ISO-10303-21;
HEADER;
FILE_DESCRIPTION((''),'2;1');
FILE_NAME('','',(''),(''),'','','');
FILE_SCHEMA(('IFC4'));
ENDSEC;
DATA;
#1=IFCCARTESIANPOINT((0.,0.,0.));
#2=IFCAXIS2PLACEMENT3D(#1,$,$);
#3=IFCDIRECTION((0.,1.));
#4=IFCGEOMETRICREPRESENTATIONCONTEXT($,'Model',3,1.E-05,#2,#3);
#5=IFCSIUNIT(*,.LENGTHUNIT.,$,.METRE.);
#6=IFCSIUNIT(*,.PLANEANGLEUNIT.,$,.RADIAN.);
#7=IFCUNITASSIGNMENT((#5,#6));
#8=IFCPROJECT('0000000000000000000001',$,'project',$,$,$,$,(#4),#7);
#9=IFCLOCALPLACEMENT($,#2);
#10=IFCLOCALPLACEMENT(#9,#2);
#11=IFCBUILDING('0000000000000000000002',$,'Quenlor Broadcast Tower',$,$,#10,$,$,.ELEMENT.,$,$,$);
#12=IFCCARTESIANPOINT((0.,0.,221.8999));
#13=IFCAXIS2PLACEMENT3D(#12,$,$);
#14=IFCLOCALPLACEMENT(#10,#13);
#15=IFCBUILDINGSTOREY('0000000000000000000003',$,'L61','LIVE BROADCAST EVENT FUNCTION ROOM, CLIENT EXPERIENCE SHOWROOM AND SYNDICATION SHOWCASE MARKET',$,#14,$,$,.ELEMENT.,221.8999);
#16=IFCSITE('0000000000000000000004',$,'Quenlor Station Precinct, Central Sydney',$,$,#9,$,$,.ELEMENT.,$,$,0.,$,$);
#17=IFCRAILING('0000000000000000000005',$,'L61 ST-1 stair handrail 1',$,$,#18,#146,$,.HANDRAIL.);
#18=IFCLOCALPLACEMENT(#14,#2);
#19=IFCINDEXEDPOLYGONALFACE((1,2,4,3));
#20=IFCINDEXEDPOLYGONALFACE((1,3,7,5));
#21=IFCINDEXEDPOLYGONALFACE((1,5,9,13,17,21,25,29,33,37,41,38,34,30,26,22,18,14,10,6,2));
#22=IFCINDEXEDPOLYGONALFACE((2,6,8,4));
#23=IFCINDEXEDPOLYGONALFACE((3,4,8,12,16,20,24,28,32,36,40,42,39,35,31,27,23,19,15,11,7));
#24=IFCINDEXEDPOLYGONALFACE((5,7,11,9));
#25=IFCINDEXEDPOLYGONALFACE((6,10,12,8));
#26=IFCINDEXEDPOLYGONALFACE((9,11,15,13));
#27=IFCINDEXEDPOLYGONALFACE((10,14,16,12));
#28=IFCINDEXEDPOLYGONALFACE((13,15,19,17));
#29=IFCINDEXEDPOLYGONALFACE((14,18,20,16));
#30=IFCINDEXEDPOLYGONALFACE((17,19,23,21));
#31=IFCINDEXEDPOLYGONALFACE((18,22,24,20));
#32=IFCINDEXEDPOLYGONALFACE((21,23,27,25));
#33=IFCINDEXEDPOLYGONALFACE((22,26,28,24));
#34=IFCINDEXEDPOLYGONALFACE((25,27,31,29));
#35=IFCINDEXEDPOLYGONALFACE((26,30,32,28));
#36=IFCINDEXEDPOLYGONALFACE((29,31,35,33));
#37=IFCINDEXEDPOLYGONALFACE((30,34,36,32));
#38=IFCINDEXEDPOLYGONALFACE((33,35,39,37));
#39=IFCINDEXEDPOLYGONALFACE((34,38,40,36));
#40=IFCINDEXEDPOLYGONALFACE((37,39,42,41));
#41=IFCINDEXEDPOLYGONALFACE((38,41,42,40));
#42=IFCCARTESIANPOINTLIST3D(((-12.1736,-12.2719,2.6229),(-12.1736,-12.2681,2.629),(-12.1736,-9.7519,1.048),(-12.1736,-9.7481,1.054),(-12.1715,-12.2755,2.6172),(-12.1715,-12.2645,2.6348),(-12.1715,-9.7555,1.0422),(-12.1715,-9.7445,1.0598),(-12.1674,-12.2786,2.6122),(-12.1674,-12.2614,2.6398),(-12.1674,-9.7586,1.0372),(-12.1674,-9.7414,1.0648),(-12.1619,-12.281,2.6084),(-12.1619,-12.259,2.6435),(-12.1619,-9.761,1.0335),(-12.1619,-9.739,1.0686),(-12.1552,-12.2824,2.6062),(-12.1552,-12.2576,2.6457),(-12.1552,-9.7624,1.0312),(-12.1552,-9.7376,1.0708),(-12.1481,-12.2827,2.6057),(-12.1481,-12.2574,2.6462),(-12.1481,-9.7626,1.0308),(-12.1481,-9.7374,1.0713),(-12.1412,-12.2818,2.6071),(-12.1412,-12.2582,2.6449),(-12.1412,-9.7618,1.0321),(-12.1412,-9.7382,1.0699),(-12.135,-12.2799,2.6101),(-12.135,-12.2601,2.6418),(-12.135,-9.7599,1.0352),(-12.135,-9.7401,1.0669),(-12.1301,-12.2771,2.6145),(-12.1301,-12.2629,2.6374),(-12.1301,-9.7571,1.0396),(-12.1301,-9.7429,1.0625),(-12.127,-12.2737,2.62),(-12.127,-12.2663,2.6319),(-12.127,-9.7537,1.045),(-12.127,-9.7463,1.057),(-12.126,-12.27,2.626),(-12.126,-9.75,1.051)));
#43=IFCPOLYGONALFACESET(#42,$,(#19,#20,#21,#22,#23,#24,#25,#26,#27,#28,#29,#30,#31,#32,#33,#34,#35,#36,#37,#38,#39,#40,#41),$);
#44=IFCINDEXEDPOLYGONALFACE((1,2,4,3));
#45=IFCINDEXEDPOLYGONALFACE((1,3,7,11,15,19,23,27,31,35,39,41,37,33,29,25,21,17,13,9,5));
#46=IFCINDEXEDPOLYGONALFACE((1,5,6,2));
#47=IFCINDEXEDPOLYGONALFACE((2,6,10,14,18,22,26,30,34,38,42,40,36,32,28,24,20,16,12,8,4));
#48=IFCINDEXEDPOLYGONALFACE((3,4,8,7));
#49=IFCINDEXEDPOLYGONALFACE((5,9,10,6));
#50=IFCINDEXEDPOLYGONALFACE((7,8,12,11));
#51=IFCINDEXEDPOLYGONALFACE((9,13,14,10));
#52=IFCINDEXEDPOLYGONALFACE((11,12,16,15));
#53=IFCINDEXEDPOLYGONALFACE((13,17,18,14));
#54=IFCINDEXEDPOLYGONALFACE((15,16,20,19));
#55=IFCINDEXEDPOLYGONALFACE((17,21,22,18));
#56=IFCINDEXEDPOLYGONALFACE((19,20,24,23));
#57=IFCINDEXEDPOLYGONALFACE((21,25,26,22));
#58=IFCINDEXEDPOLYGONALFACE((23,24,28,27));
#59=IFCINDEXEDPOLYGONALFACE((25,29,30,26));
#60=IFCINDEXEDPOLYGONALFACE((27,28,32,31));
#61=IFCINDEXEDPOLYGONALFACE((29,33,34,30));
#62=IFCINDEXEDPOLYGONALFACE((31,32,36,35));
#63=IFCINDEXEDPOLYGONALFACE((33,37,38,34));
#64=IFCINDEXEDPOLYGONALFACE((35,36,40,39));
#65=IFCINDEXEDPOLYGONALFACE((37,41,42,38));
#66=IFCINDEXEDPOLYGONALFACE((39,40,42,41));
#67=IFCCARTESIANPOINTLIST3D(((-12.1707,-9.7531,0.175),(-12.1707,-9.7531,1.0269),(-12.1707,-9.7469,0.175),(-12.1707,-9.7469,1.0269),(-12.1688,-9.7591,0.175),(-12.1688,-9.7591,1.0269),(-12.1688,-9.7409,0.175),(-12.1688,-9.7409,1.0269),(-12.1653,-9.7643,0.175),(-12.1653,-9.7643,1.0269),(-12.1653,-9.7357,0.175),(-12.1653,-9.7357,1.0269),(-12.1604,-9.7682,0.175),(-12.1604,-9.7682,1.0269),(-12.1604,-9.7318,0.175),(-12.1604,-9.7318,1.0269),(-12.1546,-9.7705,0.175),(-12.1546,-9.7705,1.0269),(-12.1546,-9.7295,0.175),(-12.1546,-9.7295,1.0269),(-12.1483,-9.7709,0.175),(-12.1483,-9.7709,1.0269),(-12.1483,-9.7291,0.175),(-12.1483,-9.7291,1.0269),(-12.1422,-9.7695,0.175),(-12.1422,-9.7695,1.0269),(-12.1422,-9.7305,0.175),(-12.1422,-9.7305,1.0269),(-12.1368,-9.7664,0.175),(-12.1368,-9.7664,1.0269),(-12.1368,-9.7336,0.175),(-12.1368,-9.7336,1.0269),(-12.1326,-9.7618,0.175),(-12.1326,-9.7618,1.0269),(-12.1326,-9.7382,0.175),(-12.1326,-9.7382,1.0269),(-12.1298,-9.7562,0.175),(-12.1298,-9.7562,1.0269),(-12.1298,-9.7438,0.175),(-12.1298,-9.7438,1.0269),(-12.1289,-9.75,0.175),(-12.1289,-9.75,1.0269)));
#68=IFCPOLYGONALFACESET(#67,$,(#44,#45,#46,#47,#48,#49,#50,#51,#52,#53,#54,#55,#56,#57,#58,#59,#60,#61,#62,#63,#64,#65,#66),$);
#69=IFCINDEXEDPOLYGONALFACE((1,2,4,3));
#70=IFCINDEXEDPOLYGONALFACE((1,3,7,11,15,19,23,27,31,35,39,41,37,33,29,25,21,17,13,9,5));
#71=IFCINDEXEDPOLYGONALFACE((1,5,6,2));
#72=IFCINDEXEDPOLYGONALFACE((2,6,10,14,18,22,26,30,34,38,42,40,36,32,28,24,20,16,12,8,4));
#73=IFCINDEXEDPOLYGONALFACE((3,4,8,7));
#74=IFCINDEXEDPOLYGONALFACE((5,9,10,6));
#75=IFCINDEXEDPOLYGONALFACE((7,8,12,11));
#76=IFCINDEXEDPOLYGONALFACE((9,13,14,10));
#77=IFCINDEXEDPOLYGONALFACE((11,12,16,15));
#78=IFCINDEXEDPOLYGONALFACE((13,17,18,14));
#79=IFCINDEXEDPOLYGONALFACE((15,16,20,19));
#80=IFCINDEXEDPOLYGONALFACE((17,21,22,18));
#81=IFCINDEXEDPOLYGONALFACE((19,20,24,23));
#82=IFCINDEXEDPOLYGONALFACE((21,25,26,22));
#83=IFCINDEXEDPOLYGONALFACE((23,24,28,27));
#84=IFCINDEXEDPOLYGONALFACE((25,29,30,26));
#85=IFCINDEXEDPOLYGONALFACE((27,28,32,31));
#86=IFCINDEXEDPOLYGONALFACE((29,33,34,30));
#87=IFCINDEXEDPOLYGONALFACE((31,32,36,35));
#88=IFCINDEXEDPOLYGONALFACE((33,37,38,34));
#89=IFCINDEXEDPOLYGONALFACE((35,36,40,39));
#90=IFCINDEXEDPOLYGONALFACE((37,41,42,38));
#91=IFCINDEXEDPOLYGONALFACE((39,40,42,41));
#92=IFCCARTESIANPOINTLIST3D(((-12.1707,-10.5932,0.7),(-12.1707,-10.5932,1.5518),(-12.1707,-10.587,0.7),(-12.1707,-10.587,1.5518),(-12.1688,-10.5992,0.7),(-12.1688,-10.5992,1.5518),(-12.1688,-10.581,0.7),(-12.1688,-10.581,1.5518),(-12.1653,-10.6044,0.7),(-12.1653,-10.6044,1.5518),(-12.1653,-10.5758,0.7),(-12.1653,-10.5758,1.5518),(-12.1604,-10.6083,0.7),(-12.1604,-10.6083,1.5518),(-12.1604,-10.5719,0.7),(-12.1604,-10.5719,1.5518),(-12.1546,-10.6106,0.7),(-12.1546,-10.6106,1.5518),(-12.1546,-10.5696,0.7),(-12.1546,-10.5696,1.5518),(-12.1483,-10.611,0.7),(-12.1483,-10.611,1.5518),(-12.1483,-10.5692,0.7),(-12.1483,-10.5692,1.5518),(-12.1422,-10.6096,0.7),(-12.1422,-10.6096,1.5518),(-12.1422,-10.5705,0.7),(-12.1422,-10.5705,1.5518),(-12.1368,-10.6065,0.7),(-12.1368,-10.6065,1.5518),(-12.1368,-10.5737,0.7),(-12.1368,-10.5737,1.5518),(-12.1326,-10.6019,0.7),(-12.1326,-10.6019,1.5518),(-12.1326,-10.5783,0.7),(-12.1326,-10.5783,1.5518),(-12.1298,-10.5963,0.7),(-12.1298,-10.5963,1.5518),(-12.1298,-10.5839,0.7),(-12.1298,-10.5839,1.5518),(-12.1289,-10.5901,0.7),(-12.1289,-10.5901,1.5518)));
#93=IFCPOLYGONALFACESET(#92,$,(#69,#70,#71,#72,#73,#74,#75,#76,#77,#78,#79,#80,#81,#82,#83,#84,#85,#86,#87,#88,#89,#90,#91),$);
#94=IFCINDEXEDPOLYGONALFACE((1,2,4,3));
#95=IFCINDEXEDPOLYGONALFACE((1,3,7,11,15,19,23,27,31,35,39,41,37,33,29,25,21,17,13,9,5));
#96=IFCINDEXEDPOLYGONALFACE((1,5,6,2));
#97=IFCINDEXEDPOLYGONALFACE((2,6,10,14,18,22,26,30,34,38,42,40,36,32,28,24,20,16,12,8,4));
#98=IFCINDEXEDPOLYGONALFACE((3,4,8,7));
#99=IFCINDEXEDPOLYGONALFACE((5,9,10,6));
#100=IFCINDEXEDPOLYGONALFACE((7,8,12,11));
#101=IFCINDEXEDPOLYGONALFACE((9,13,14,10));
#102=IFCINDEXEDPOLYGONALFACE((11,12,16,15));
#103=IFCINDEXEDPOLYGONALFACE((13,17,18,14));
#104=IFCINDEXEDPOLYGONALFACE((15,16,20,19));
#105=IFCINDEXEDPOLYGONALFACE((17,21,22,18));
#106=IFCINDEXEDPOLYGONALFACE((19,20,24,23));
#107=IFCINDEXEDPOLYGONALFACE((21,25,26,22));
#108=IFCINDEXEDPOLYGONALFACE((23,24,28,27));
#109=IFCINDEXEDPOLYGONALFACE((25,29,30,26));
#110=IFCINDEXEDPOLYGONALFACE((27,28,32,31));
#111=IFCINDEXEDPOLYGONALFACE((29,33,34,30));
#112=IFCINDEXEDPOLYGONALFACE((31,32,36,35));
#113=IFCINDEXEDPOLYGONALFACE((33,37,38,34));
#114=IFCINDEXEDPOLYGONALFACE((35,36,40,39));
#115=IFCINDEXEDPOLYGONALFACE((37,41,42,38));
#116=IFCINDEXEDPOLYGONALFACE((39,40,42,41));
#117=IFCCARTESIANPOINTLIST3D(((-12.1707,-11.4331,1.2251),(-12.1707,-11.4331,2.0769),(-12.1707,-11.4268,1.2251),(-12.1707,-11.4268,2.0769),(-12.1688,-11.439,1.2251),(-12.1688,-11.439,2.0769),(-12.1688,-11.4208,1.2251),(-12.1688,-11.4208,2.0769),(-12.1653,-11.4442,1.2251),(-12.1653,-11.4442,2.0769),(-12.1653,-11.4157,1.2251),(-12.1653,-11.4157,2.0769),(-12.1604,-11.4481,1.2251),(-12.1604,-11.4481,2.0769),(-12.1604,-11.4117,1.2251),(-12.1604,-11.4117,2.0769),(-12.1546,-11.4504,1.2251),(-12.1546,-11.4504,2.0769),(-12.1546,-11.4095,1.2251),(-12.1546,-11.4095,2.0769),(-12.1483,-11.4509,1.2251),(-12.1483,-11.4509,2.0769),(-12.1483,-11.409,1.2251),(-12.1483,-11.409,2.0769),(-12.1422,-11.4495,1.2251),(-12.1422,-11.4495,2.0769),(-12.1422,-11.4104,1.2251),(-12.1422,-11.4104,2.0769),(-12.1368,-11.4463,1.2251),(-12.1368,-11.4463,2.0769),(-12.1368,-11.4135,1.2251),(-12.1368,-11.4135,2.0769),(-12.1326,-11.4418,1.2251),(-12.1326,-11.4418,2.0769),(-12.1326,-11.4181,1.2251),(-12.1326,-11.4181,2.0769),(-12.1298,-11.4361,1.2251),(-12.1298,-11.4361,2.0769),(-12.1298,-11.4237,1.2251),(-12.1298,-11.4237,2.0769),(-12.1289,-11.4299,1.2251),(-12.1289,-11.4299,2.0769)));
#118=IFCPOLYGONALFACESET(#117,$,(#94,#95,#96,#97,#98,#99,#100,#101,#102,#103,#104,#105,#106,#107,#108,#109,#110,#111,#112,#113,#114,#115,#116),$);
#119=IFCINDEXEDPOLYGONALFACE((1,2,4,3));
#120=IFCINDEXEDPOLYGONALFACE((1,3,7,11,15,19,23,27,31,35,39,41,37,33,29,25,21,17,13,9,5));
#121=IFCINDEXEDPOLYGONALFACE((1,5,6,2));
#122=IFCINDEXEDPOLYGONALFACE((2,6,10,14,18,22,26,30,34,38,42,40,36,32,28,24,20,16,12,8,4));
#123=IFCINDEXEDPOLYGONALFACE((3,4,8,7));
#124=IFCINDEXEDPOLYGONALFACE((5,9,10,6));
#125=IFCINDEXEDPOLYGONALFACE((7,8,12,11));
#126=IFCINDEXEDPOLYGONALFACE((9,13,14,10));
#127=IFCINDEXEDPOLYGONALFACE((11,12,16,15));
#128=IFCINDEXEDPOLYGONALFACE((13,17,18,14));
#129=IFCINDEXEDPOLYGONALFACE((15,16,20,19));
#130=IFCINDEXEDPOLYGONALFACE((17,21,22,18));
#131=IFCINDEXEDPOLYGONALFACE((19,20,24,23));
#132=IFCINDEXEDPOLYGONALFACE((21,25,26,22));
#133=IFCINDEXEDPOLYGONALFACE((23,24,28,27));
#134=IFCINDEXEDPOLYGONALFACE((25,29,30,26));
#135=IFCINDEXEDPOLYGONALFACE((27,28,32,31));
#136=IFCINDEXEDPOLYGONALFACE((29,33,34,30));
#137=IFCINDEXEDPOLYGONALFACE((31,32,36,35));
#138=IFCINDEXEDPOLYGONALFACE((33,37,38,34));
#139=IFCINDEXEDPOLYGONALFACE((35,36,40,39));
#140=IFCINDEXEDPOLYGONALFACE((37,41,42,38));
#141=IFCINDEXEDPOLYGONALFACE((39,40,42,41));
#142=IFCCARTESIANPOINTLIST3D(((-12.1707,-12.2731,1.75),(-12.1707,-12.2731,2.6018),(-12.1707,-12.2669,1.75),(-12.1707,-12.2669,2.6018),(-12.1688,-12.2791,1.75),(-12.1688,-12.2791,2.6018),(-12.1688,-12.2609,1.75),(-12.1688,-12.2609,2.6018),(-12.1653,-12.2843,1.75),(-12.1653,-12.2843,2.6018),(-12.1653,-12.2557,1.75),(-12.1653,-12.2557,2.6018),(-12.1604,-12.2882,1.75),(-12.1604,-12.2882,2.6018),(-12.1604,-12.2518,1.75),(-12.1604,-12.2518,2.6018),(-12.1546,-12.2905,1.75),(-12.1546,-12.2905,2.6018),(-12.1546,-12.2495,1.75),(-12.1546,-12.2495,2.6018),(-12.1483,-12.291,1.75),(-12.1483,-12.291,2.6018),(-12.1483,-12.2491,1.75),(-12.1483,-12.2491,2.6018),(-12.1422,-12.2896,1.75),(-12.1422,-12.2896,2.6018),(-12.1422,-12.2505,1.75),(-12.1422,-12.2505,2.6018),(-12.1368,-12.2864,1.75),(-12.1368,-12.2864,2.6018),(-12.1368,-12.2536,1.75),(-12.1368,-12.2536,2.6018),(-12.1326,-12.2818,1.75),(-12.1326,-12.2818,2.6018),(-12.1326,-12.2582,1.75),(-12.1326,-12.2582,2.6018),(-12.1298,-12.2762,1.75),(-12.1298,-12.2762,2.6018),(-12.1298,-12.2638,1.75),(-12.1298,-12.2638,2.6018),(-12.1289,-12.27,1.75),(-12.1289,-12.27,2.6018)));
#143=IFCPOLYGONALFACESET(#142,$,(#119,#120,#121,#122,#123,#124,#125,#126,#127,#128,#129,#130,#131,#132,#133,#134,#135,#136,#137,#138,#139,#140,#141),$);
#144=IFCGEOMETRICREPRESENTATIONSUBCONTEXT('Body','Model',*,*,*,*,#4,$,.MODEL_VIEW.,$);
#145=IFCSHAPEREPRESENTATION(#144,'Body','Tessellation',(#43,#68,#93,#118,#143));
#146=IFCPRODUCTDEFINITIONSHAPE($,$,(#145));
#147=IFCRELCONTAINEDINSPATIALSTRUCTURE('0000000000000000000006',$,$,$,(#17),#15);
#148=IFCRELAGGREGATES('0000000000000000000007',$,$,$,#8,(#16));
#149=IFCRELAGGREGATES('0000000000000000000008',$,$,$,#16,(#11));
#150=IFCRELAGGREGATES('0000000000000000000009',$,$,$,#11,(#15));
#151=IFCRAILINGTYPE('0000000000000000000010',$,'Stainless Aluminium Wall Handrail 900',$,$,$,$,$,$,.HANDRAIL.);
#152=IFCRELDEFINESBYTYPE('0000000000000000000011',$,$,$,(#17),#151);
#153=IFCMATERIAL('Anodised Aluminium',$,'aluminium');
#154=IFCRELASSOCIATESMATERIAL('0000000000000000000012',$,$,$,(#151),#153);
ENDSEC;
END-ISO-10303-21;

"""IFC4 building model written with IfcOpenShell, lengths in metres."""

from ifc_helpers import new_model, si_unit, direction, frame, origin, origin_2d, place, context, subcontext, project, spatial, circle, extrude, material, type_object, element, save


model = new_model("IFC4")

# Units and contexts
model_context = context("Model", 3, precision=1e-05, world=origin(), true_north=direction((0.0, 1.0)))
body_context = subcontext(model_context, "Body", "Model", "MODEL_VIEW")
ifc_project = project(units=[si_unit("LENGTHUNIT", "METRE"), si_unit("PLANEANGLEUNIT", "RADIAN")], contexts=[model_context])

# Site, building, storey
site_placement = place(None, origin())
site = spatial("IfcSite", under=ifc_project, at=site_placement, Name="Quenlor Station Precinct, Central Sydney", CompositionType="ELEMENT", RefElevation=0.0)
building_placement = place(site_placement, origin())
building = spatial("IfcBuilding", under=site, at=building_placement, Name="Quenlor Broadcast Tower", CompositionType="ELEMENT")
storey_placement = place(building_placement, frame((0.0, 0.0, 221.8999)))
storey = spatial("IfcBuildingStorey", under=building, at=storey_placement, Name="L61", Description="LIVE BROADCAST EVENT FUNCTION ROOM, CLIENT EXPERIENCE SHOWROOM AND SYNDICATION SHOWCASE MARKET", CompositionType="ELEMENT", Elevation=221.8999)

# Railing
ifc_material_1 = material(Name="Anodised Aluminium", Category="aluminium")
railing_type = type_object("IfcRailingType", Name="Stainless Aluminium Wall Handrail 900", PredefinedType="HANDRAIL", material=ifc_material_1)
railing_placement = place(storey_placement, frame((-12.1499, -9.75, 0.175)))
element("IfcRailing", 1, at=railing_placement, inside=storey, type_object=railing_type, Name="L61 ST-1 stair handrail 1", PredefinedType="HANDRAIL", context=body_context, shape_type="SweptSolid", body=[
    extrude(circle(Radius=0.0239, at=origin_2d()), frame((0.0, 0.0, 0.876), z_axis=(0.0, -0.848008, 0.529984), x_axis=(1.0, 0.0, 0.0)), (0.0, 0.0, 1.0), 2.9717),
    extrude(circle(Radius=0.021, at=origin_2d()), origin(), (0.0, 0.0, 1.0), 0.8518),
    extrude(circle(Radius=0.021, at=origin_2d()), frame((0.0, -0.8401, 0.5249)), (0.0, 0.0, 1.0), 0.8518),
    extrude(circle(Radius=0.021, at=origin_2d()), frame((0.0, -1.6799, 1.05)), (0.0, 0.0, 1.0), 0.8518),
    extrude(circle(Radius=0.021, at=origin_2d()), frame((0.0, -2.52, 1.575)), (0.0, 0.0, 1.0), 0.8518),
])

save(model, "model.ifc")
